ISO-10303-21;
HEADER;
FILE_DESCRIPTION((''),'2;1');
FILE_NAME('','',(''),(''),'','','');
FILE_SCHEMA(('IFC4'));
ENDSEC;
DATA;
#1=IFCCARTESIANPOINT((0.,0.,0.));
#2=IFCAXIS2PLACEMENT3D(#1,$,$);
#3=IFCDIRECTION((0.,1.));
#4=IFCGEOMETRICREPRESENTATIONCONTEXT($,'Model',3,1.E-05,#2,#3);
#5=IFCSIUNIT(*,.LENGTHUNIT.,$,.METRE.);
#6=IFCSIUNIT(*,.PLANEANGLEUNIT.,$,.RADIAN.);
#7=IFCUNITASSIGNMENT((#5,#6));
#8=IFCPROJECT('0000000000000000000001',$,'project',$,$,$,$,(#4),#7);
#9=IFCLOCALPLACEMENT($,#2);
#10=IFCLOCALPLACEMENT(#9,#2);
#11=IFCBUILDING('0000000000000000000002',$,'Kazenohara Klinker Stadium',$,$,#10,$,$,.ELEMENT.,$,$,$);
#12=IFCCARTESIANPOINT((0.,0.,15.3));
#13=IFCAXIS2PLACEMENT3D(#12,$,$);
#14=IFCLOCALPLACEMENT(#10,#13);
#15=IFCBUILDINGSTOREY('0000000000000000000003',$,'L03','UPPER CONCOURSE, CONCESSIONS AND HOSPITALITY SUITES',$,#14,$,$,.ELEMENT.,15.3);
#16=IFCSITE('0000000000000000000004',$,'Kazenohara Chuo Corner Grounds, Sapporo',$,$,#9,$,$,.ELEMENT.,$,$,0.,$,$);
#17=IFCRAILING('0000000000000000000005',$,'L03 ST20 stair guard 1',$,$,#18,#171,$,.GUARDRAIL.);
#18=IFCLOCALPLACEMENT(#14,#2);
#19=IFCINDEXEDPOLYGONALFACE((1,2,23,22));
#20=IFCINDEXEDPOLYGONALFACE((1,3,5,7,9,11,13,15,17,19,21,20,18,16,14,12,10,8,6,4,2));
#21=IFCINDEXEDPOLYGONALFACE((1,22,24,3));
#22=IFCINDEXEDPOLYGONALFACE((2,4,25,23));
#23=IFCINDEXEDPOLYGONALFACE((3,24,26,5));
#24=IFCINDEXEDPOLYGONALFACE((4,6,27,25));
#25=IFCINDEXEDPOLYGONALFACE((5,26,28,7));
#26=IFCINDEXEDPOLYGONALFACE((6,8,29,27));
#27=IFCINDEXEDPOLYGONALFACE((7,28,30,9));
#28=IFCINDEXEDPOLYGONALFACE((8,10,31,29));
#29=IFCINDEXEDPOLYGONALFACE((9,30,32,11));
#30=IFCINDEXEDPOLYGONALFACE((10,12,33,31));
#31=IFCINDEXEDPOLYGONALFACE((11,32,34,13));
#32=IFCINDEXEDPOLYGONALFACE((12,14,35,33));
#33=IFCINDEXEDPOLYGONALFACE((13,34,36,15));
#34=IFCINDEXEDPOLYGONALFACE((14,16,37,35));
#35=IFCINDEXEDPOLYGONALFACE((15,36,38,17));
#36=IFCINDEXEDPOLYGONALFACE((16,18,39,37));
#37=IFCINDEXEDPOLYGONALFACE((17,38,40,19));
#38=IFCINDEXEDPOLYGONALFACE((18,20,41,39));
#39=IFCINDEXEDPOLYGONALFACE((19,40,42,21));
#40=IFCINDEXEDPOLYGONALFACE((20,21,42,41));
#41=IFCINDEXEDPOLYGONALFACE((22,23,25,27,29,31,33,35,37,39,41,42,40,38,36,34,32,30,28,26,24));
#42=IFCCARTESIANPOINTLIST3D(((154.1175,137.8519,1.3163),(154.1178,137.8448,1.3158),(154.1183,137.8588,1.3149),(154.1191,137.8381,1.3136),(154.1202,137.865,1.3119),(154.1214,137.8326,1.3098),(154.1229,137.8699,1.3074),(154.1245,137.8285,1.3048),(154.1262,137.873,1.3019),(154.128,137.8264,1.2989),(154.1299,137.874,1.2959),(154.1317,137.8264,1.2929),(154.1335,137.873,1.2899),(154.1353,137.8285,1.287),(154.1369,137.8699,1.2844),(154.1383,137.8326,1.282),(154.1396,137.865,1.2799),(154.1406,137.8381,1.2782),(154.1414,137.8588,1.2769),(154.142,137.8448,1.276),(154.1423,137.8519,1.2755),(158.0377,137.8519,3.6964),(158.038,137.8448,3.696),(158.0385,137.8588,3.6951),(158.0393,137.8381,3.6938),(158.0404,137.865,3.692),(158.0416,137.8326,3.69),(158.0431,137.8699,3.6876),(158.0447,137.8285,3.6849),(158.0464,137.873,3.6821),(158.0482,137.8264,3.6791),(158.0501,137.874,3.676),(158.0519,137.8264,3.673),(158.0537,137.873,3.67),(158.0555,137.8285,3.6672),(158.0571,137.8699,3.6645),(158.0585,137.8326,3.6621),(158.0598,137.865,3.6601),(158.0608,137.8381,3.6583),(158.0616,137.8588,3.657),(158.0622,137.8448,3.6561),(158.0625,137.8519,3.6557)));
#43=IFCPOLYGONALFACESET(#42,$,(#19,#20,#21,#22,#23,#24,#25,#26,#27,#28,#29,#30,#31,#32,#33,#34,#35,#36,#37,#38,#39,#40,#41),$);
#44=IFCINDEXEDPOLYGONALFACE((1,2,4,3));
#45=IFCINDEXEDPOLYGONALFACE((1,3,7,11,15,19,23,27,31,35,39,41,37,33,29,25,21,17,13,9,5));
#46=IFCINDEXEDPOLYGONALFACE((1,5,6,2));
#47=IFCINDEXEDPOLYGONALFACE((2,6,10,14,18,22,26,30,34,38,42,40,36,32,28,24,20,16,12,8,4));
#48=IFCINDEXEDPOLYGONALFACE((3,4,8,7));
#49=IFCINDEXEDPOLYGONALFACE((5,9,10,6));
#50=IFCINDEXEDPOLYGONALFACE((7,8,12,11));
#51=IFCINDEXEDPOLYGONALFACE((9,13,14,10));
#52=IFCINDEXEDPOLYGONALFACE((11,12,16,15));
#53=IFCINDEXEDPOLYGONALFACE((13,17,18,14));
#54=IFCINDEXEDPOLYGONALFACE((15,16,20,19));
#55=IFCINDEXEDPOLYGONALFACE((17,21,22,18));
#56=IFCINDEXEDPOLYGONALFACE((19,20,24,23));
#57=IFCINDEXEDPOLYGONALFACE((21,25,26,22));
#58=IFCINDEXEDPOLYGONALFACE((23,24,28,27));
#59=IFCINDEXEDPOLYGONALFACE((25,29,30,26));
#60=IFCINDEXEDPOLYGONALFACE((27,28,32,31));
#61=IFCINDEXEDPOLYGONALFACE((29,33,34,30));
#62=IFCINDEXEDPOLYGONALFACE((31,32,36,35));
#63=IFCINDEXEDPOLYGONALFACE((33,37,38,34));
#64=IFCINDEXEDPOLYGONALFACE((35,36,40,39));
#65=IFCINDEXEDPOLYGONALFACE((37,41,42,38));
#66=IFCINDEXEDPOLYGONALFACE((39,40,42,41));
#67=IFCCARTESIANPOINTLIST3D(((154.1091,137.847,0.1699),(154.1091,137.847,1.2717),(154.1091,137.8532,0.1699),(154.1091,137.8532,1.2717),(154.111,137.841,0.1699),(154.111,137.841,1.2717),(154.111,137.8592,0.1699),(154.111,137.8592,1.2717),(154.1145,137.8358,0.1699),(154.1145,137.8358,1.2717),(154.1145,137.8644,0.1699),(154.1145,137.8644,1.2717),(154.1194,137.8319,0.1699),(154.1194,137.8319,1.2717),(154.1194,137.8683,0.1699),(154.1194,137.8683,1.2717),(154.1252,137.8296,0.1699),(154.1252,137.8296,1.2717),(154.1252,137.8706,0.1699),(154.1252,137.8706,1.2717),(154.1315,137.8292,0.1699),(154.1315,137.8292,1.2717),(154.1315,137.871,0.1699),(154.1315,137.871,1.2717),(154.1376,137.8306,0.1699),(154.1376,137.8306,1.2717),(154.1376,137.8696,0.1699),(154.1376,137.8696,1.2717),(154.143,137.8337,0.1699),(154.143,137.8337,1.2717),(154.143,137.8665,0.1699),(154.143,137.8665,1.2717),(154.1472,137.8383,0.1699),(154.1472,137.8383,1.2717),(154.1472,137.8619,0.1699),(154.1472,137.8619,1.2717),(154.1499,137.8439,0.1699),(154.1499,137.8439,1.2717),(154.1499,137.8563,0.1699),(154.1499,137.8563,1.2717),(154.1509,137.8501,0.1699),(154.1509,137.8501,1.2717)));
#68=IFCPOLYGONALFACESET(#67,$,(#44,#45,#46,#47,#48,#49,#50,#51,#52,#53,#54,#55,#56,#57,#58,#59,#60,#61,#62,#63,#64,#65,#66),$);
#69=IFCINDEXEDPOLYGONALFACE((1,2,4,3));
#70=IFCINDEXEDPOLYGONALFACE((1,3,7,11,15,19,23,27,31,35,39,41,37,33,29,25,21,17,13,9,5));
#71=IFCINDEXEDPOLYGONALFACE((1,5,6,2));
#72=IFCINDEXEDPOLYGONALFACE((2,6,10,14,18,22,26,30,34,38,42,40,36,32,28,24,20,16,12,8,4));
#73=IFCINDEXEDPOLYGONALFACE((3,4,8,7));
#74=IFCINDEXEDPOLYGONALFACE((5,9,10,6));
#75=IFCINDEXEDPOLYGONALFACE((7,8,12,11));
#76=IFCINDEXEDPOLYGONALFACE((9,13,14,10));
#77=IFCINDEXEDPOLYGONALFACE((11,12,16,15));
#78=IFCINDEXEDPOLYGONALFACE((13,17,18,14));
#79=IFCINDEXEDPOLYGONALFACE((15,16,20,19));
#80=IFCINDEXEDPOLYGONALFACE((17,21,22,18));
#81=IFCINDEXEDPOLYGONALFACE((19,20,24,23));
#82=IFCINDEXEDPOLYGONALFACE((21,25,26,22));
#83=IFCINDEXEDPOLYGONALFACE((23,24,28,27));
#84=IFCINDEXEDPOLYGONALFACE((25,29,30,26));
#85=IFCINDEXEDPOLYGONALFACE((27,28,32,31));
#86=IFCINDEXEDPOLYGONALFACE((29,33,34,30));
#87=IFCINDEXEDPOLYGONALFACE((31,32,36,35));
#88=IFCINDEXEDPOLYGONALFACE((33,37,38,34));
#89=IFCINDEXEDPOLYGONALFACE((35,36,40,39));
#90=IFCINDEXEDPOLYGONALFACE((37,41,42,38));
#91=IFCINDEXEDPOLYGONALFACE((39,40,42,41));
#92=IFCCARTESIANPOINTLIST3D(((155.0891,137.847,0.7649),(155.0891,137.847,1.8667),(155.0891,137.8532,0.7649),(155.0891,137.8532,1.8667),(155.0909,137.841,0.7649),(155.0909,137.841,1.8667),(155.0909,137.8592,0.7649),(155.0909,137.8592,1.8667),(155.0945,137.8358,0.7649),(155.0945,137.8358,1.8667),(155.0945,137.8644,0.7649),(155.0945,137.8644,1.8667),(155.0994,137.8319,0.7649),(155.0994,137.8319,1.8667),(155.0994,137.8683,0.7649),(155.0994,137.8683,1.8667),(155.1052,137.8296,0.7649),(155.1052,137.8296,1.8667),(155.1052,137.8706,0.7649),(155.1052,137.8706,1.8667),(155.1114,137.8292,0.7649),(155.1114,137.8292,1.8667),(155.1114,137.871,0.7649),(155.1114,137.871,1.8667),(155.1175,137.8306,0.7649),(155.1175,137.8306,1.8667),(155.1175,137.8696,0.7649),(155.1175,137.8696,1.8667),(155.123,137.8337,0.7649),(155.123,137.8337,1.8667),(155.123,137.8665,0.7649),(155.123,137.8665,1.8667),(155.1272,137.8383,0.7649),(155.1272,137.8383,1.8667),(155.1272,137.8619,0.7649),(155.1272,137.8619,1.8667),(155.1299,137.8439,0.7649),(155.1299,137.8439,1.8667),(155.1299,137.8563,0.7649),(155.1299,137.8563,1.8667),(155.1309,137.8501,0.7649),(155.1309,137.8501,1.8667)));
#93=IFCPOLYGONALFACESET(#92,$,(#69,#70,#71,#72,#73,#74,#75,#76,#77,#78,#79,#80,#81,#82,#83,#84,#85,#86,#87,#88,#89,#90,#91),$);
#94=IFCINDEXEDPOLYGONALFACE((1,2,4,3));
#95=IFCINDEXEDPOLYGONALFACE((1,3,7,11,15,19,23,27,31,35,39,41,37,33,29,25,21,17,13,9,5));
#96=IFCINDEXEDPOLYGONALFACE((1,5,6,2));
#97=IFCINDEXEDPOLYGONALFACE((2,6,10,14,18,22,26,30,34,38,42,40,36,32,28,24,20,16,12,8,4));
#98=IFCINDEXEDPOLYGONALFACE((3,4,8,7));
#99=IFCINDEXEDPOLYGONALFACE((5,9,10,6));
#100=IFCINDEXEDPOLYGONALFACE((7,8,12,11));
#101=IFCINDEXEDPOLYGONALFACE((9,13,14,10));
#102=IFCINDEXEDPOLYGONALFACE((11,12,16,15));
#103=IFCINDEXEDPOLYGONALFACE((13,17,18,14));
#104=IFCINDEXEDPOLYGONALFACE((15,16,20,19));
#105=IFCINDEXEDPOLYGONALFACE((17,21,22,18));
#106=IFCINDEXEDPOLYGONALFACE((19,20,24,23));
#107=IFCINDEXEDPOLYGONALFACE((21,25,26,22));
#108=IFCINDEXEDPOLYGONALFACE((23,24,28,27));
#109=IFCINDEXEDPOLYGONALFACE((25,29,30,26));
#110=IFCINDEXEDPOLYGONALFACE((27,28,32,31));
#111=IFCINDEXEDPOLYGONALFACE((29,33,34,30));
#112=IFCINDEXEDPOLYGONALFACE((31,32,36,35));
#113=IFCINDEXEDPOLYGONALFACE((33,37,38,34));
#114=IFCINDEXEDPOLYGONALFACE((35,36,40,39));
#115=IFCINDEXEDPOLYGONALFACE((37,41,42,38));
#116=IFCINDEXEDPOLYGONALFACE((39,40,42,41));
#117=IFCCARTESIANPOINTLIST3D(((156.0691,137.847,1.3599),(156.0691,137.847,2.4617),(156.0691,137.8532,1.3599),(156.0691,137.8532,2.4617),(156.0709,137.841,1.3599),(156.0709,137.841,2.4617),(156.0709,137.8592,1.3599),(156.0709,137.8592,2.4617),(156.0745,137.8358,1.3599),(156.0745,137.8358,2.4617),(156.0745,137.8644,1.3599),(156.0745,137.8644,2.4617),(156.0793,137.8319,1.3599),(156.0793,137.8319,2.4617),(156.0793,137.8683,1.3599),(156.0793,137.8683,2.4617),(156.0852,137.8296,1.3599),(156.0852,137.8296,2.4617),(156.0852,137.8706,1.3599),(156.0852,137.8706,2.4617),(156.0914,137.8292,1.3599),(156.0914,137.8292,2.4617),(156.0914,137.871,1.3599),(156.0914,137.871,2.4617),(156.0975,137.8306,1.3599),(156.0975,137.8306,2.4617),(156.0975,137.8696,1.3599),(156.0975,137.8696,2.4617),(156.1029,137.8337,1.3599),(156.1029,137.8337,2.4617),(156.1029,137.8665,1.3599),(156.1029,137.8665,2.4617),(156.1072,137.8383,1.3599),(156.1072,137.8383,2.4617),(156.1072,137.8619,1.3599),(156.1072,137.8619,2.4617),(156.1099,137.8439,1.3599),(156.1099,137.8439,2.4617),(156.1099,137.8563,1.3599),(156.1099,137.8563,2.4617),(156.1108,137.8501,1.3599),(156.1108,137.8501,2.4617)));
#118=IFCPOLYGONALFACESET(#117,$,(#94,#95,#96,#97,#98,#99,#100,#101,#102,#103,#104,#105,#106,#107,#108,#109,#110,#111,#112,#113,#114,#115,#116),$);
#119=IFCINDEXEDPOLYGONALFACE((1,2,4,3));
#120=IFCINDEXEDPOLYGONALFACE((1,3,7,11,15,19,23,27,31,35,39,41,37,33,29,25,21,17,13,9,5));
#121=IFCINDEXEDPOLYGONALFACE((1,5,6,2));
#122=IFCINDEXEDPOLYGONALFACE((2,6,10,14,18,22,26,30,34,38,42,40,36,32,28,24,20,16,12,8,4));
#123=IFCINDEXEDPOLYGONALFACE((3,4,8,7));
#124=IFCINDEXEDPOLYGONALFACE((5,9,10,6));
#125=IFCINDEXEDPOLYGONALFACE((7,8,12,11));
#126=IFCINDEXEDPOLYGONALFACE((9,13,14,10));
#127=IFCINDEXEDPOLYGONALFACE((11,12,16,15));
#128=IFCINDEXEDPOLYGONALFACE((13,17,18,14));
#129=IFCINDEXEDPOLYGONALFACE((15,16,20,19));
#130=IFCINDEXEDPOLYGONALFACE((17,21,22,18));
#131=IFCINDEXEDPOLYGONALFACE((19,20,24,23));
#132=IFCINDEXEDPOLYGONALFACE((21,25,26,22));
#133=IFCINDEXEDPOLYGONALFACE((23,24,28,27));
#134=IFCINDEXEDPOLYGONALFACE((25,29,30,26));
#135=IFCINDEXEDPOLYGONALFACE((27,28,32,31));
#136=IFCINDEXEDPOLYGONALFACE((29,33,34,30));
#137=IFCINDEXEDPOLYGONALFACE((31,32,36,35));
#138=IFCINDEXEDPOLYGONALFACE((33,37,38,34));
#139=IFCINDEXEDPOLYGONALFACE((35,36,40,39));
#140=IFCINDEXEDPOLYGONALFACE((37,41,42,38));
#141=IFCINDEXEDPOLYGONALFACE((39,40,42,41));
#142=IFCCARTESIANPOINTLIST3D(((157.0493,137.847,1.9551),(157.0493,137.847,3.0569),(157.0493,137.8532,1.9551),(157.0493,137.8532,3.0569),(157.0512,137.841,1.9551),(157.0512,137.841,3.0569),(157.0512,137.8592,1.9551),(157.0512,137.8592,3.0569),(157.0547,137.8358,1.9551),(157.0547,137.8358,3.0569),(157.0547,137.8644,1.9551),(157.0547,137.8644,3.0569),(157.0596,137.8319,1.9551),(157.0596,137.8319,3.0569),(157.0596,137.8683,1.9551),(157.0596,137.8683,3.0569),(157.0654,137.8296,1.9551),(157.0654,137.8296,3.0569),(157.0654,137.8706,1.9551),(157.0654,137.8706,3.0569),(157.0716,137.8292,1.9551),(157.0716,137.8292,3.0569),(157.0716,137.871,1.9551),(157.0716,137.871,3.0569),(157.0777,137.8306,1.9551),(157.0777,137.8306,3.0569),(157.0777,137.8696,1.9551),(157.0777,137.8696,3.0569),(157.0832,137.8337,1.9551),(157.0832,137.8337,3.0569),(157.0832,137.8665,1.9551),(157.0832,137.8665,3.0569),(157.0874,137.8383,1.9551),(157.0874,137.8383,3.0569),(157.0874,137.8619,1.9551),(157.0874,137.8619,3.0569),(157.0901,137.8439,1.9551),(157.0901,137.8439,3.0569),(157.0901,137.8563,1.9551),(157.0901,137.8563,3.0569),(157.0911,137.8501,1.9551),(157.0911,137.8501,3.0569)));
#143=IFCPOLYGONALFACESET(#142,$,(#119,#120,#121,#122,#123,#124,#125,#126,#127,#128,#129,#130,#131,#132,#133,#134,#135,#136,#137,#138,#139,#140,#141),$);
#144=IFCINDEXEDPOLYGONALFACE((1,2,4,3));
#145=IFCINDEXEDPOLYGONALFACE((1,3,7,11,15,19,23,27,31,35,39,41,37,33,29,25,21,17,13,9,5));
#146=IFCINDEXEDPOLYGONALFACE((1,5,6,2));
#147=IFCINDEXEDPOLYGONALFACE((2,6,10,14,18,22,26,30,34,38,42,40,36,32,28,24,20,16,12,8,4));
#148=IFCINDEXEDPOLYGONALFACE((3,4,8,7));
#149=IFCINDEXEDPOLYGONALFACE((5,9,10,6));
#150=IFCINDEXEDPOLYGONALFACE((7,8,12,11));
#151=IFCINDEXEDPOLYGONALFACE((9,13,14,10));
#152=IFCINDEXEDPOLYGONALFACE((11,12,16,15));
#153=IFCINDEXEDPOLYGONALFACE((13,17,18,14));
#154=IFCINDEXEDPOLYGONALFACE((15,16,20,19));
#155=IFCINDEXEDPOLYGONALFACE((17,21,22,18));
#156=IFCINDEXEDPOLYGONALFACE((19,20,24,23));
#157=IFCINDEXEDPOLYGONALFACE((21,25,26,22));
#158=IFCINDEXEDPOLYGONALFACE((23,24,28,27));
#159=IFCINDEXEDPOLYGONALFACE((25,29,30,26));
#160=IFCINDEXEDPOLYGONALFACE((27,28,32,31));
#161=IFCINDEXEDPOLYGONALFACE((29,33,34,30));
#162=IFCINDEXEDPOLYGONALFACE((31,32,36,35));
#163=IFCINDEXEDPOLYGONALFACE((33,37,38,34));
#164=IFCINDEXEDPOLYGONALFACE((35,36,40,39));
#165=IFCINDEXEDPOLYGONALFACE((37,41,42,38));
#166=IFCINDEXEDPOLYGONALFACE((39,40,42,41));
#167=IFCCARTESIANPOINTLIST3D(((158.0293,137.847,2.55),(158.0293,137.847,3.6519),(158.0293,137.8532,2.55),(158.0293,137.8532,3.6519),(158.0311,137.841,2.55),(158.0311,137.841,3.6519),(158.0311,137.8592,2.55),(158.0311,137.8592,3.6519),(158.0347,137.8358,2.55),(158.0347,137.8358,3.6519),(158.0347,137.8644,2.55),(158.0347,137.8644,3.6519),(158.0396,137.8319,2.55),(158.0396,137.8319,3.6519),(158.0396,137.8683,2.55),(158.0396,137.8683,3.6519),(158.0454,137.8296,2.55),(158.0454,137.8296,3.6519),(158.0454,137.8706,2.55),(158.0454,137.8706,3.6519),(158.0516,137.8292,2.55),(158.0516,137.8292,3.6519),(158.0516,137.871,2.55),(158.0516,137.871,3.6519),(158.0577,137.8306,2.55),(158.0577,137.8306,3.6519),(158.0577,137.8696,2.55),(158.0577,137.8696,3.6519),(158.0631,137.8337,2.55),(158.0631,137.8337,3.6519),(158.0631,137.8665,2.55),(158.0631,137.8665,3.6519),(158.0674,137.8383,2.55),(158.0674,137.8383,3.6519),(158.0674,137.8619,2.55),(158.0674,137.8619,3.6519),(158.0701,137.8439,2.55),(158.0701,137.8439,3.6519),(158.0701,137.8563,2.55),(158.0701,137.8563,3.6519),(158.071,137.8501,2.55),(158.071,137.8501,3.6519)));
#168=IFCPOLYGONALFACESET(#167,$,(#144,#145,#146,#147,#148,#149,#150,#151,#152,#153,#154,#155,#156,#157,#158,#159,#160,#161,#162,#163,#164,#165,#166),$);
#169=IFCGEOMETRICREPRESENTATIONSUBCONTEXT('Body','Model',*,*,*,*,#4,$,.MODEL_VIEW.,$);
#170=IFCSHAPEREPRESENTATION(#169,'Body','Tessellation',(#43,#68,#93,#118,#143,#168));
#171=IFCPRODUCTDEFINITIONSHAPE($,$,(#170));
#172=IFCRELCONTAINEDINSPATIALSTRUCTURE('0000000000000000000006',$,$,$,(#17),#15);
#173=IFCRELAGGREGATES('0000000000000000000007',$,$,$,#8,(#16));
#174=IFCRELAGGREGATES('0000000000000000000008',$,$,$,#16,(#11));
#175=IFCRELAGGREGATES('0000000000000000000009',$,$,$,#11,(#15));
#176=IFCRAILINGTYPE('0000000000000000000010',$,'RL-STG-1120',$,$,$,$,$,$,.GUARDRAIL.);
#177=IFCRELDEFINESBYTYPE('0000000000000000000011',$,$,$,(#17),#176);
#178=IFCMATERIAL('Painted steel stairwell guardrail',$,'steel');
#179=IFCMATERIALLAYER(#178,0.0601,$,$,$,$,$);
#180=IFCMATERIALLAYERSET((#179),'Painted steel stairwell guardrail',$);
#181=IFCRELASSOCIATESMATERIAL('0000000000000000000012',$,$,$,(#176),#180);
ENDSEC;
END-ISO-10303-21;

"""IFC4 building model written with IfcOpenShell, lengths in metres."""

from ifc_helpers import new_model, si_unit, direction, frame, origin, origin_2d, place, context, subcontext, project, spatial, circle, extrude, material, layer, layer_set, type_object, element, save


model = new_model("IFC4")

# Units and contexts
model_context = context("Model", 3, precision=1e-05, world=origin(), true_north=direction((0.0, 1.0)))
body_context = subcontext(model_context, "Body", "Model", "MODEL_VIEW")
ifc_project = project(units=[si_unit("LENGTHUNIT", "METRE"), si_unit("PLANEANGLEUNIT", "RADIAN")], contexts=[model_context])

# Site, building, storey
site_placement = place(None, origin())
site = spatial("IfcSite", under=ifc_project, at=site_placement, Name="Kazenohara Chuo Corner Grounds, Sapporo", CompositionType="ELEMENT", RefElevation=0.0)
building_placement = place(site_placement, origin())
building = spatial("IfcBuilding", under=site, at=building_placement, Name="Kazenohara Klinker Stadium", CompositionType="ELEMENT")
storey_placement = place(building_placement, frame((0.0, 0.0, 15.3)))
storey = spatial("IfcBuildingStorey", under=building, at=storey_placement, Name="L03", Description="UPPER CONCOURSE, CONCESSIONS AND HOSPITALITY SUITES", CompositionType="ELEMENT", Elevation=15.3)

# Railing
ifc_material_1 = material(Name="Painted steel stairwell guardrail", Category="steel")
ifc_layer_1 = layer(ifc_material_1, 0.0601)
ifc_layer_set_1 = layer_set([ifc_layer_1], Name="Painted steel stairwell guardrail")
railing_type_1 = type_object("IfcRailingType", Name="RL-STG-1120", PredefinedType="GUARDRAIL", material=ifc_layer_set_1)
railing_1_placement = place(storey_placement, frame((154.1299, 137.8501, 0.1699)))
element("IfcRailing", 1, at=railing_1_placement, inside=storey, type_object=railing_type_1, Name="L03 ST20 stair guard 1", PredefinedType="GUARDRAIL", context=body_context, shape_type="SweptSolid", body=[
    extrude(circle(Radius=0.0239, at=origin_2d()), frame((0.0, 0.0, 1.126), z_axis=(0.854785, 0.0, 0.518982), x_axis=(0.0, 1.0, 0.0)), (0.0, 0.0, 1.0), 4.5862),
    extrude(circle(Radius=0.021, at=origin_2d()), origin(), (0.0, 0.0, 1.0), 1.1018),
    extrude(circle(Radius=0.021, at=origin_2d()), frame((0.98, 0.0, 0.595)), (0.0, 0.0, 1.0), 1.1018),
    extrude(circle(Radius=0.021, at=origin_2d()), frame((1.96, 0.0, 1.1899)), (0.0, 0.0, 1.0), 1.1018),
    extrude(circle(Radius=0.021, at=origin_2d()), frame((2.9402, 0.0, 1.7852)), (0.0, 0.0, 1.0), 1.1018),
    extrude(circle(Radius=0.021, at=origin_2d()), frame((3.9202, 0.0, 2.3801)), (0.0, 0.0, 1.0), 1.1018),
])

save(model, "model.ifc")
